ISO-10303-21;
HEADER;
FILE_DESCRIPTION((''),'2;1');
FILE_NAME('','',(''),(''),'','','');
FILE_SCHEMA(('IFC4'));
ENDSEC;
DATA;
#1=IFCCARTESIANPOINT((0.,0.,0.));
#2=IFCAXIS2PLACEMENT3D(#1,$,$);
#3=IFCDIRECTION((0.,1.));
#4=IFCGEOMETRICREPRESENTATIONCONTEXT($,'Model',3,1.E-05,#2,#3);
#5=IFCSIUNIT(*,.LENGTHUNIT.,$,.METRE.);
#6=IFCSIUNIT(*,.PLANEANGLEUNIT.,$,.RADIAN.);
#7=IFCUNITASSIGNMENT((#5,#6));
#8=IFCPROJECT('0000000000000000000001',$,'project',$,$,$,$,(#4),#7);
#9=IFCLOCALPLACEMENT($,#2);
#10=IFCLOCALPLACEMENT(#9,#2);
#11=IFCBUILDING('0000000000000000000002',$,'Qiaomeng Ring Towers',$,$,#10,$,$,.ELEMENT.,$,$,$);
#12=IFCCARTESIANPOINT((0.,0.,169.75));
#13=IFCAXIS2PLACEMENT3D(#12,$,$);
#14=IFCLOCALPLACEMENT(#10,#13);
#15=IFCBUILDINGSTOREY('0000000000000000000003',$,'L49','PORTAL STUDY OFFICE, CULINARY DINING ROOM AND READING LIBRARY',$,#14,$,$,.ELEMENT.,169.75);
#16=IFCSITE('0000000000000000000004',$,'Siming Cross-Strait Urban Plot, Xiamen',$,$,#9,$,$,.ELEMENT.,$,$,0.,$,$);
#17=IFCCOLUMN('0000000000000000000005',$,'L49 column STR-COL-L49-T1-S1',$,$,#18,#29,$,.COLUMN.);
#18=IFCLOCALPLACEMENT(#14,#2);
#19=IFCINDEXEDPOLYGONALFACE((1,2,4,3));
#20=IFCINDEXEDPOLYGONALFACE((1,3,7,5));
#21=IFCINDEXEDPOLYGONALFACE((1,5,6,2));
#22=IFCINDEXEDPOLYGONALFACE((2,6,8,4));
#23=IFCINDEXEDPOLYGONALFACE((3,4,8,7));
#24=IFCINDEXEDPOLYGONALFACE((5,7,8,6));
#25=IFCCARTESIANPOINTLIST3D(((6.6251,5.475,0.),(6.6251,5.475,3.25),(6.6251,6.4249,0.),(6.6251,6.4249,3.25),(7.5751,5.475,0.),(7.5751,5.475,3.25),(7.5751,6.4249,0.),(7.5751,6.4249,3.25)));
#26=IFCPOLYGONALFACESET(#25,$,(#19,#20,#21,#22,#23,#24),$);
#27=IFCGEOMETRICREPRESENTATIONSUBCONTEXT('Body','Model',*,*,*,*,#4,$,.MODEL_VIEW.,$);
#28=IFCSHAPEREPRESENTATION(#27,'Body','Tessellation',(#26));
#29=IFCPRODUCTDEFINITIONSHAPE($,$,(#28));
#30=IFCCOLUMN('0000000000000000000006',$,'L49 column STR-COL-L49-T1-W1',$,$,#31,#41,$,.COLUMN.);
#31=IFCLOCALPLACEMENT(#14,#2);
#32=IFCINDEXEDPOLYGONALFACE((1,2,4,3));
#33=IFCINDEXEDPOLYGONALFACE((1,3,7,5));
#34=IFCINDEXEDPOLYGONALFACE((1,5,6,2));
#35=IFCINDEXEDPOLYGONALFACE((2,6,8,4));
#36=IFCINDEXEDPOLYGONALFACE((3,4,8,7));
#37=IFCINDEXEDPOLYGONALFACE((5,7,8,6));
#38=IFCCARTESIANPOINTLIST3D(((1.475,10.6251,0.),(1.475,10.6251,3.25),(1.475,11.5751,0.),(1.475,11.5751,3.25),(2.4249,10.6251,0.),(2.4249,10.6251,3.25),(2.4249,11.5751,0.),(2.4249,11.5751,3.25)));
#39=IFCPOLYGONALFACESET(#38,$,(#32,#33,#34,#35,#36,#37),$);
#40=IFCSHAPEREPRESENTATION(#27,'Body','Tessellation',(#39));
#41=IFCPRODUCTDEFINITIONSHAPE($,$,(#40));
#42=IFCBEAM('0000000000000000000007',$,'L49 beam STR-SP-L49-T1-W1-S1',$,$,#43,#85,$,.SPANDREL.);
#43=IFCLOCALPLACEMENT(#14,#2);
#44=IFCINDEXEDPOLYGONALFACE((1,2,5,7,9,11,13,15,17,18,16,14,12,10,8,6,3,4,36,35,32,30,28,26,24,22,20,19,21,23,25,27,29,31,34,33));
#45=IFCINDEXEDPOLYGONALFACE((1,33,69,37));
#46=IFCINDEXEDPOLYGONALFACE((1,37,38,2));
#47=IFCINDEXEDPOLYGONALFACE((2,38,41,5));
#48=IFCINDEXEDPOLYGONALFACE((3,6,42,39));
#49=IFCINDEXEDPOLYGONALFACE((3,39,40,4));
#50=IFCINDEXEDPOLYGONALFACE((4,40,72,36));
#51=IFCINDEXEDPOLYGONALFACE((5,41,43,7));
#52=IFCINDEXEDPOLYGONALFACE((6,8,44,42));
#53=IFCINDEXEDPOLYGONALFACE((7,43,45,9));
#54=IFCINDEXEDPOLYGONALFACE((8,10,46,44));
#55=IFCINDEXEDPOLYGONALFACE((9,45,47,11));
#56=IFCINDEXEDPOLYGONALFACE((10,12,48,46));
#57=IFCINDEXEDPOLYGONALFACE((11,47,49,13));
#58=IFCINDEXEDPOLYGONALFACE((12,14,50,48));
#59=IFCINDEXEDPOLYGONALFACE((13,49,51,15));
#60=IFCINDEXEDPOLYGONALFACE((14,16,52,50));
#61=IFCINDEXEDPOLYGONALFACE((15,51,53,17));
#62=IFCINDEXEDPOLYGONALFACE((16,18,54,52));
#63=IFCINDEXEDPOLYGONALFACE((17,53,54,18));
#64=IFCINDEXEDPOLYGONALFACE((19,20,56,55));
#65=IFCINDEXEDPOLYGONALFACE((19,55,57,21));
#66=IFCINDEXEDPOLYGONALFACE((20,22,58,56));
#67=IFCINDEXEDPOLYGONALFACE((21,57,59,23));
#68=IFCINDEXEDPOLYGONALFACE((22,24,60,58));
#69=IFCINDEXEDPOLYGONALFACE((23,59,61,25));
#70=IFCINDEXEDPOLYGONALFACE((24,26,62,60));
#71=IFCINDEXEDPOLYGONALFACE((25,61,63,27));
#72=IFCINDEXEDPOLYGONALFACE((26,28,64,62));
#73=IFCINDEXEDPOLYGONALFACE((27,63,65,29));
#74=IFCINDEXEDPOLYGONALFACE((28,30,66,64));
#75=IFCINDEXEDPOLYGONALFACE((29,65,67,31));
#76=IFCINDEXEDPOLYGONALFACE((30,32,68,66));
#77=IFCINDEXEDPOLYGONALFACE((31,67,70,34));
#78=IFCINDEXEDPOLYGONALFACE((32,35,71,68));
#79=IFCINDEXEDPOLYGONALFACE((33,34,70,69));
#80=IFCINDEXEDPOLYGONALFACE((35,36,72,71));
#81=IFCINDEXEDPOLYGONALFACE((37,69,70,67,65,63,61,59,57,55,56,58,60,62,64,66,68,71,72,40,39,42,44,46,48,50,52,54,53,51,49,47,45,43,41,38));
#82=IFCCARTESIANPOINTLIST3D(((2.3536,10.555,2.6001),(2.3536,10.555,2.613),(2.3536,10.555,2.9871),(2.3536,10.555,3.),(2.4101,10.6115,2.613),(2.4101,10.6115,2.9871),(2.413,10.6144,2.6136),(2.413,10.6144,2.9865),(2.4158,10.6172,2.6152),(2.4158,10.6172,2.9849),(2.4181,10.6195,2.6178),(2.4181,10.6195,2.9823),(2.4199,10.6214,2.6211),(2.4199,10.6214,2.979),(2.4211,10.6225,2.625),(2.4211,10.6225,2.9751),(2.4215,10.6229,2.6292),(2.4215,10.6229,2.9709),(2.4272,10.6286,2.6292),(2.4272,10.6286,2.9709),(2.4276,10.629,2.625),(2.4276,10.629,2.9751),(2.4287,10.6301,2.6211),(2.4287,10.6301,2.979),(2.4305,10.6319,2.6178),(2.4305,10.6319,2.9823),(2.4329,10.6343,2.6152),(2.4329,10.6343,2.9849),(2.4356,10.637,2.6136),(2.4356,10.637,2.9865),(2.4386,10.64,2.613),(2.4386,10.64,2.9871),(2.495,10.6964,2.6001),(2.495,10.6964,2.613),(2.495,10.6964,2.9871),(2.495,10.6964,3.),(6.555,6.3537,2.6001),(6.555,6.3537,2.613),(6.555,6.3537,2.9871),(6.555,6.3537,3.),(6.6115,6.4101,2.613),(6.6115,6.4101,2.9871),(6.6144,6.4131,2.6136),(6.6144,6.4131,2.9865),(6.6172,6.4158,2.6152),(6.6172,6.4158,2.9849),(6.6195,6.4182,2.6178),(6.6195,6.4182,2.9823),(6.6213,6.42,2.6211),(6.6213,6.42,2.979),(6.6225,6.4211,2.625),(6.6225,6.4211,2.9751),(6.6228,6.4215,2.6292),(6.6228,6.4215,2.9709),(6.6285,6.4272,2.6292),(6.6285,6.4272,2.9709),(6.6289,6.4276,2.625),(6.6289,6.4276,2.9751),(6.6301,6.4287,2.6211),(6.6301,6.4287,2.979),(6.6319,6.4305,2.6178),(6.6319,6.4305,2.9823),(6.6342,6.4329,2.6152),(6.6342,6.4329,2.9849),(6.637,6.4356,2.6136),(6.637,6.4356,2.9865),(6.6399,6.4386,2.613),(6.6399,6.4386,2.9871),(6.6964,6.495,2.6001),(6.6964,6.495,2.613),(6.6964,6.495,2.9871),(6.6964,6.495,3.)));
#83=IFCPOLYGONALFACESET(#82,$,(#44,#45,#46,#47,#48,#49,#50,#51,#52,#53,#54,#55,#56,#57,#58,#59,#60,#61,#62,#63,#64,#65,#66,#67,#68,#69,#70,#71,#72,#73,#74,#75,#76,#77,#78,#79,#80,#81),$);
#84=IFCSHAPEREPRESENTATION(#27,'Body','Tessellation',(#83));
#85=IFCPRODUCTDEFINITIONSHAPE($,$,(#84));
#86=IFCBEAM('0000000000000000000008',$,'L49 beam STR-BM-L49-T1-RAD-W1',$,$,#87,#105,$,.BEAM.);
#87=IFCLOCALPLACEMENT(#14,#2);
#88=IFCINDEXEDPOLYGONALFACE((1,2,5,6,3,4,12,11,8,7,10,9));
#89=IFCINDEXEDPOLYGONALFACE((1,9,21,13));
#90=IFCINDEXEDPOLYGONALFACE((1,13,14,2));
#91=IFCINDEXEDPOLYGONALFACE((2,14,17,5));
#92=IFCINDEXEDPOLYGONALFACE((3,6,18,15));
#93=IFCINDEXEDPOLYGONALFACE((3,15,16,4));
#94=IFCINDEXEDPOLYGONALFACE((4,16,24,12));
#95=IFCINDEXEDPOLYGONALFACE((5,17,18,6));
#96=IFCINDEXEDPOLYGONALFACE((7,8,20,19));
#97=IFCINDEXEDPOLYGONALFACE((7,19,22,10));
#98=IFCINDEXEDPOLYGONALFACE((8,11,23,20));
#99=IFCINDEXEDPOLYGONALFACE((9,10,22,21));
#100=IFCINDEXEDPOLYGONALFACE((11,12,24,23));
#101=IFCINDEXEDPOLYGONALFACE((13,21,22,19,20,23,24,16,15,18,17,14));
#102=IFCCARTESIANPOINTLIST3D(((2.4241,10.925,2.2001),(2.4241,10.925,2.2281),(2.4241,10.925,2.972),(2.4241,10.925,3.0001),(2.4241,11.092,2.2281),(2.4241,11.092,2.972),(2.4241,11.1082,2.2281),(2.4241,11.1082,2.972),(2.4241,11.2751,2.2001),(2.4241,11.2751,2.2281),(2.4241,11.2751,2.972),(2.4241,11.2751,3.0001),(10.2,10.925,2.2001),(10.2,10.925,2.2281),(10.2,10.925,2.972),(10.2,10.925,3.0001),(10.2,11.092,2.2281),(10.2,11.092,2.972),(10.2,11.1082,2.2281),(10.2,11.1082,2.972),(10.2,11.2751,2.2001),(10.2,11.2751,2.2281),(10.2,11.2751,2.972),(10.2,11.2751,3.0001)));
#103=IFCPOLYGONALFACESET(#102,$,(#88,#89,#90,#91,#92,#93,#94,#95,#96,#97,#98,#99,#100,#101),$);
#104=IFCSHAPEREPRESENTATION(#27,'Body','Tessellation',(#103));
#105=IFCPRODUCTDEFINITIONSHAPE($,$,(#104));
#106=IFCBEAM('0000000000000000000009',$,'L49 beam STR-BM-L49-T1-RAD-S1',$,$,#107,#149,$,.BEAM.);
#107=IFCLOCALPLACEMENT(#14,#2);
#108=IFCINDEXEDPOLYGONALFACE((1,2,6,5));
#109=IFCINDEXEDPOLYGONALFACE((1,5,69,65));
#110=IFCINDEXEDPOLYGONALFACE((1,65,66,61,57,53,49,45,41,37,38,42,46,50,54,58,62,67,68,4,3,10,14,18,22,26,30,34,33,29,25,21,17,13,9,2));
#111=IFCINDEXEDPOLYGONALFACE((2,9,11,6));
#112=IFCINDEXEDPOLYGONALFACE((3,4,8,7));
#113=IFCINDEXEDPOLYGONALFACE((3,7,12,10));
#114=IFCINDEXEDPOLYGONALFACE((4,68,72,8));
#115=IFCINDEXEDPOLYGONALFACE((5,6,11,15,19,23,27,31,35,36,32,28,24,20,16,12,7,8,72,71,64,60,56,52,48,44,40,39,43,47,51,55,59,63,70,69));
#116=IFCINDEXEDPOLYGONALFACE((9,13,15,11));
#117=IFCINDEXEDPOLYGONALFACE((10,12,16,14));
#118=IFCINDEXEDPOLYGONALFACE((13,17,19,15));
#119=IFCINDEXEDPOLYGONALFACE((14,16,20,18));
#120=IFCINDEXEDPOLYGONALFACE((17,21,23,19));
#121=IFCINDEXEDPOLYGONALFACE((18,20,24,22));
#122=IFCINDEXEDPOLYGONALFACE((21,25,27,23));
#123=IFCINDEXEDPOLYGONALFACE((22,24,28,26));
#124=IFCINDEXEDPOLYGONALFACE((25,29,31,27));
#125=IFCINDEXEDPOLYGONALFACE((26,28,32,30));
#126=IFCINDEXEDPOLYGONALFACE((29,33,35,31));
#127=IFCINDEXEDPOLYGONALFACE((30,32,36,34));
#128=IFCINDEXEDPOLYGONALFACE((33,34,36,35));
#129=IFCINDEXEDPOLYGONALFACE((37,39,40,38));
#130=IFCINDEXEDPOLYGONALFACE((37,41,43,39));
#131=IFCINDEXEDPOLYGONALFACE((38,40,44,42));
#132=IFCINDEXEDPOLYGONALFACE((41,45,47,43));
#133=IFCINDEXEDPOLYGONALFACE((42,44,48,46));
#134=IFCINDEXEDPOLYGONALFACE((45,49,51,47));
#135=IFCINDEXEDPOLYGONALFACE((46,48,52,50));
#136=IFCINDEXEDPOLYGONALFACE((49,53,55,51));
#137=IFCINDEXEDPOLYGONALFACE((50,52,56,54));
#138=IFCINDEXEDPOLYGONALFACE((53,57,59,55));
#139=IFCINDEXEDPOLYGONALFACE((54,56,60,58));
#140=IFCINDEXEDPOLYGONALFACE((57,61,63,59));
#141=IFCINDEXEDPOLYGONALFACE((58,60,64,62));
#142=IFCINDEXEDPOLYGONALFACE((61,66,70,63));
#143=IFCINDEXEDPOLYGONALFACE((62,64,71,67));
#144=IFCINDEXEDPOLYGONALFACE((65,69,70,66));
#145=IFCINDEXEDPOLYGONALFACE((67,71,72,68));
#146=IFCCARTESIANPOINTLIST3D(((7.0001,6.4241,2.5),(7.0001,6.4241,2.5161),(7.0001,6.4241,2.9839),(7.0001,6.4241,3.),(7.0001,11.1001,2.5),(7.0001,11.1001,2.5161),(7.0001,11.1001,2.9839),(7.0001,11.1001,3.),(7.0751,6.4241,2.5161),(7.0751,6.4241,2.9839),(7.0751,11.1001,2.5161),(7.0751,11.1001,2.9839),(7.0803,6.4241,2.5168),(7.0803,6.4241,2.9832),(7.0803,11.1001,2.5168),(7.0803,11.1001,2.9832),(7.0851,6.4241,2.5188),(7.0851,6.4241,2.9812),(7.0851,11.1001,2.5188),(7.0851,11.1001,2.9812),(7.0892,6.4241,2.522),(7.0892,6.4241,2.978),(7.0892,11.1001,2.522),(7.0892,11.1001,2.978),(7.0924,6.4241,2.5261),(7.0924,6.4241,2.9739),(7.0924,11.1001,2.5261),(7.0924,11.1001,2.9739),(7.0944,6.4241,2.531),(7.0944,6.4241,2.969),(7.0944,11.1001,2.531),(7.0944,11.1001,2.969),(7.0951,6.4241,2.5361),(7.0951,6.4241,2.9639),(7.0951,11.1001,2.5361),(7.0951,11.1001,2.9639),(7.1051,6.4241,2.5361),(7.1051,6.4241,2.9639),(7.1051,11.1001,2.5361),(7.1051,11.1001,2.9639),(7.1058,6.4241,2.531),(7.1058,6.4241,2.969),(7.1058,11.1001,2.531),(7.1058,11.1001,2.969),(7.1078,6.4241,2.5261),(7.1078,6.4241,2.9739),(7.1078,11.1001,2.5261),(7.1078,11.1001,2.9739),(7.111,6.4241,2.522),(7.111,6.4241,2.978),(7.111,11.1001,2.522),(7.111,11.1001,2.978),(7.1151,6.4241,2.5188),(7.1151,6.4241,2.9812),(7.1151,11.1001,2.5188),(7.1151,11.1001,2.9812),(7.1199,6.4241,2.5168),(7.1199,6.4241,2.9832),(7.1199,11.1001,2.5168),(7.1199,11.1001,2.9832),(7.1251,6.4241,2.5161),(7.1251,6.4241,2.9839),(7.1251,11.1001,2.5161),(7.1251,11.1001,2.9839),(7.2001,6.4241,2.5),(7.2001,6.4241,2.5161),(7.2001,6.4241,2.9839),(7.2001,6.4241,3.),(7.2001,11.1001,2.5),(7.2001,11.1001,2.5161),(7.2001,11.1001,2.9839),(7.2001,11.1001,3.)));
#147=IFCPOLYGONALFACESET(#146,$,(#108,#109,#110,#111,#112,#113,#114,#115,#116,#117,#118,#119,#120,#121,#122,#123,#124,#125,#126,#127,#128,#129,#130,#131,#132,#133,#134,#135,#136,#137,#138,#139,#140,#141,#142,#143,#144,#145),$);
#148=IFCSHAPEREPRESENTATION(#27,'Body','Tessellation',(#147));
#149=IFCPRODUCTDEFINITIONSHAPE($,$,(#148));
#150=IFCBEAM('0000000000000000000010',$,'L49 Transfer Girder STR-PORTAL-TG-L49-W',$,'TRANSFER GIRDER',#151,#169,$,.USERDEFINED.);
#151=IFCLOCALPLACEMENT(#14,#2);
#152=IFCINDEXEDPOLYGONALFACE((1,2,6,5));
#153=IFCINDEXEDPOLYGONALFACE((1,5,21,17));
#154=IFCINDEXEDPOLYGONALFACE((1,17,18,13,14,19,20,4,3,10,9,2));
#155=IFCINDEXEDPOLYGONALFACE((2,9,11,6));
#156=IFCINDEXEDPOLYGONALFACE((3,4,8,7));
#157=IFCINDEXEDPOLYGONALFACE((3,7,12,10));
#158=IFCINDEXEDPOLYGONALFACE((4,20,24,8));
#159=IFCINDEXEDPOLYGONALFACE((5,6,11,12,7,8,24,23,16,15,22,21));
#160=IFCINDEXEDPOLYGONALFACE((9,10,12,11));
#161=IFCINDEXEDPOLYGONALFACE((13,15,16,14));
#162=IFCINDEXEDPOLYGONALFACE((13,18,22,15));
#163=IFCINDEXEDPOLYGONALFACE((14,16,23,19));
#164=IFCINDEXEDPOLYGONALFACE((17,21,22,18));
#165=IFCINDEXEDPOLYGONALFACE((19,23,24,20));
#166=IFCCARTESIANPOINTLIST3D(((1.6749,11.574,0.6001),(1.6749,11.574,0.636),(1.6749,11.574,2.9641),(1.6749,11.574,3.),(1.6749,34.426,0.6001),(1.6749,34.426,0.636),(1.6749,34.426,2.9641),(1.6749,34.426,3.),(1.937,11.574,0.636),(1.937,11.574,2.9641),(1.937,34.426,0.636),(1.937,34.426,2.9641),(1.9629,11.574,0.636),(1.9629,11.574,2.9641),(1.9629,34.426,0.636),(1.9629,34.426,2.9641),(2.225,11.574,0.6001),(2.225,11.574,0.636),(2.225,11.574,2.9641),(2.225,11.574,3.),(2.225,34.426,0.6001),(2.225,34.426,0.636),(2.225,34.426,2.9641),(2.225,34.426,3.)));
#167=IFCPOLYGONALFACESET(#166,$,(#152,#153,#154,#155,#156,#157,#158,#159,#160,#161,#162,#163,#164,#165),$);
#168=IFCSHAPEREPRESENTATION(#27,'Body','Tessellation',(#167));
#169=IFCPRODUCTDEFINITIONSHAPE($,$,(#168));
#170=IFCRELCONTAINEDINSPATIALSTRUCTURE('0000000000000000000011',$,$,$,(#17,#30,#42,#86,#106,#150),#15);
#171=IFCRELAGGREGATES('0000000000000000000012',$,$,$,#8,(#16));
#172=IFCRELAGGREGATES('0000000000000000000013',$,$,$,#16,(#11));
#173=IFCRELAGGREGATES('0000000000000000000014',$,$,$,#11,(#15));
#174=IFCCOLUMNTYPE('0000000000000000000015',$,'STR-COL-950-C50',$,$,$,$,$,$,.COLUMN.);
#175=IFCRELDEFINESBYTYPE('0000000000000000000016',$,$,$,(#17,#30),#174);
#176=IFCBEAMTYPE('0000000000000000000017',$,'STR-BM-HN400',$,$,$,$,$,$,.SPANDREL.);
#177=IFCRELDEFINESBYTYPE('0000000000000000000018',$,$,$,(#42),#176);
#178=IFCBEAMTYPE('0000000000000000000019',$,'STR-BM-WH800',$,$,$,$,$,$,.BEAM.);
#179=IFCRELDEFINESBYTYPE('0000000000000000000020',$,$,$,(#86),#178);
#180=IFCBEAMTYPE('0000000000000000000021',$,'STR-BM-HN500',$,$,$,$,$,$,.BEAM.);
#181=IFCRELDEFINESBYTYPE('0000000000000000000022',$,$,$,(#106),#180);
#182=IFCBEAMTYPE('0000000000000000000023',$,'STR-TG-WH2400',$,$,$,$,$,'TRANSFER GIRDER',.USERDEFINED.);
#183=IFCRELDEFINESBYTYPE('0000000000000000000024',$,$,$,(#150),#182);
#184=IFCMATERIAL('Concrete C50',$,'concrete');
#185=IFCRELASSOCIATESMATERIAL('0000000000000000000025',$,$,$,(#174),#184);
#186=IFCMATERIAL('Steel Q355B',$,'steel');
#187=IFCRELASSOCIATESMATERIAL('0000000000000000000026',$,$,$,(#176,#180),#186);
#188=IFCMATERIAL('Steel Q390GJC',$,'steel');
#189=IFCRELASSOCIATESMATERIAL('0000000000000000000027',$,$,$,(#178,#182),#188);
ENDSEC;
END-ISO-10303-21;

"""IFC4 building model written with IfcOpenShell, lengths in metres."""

from ifc_helpers import new_model, si_unit, direction, frame, origin, origin_2d, place, context, subcontext, project, spatial, rectangle, i_section, extrude, source, transform, mapped, material, material_profile, profile_set, type_object, element, save


model = new_model("IFC4")

# Units and contexts
model_context = context("Model", 3, precision=1e-05, world=origin(), true_north=direction((0.0, 1.0)))
body_context = subcontext(model_context, "Body", "Model", "MODEL_VIEW")
ifc_project = project(units=[si_unit("LENGTHUNIT", "METRE"), si_unit("PLANEANGLEUNIT", "RADIAN")], contexts=[model_context])

# Site, building, storey
site_placement = place(None, origin())
site = spatial("IfcSite", under=ifc_project, at=site_placement, Name="Siming Cross-Strait Urban Plot, Xiamen", CompositionType="ELEMENT", RefElevation=0.0)
building_placement = place(site_placement, origin())
building = spatial("IfcBuilding", under=site, at=building_placement, Name="Qiaomeng Ring Towers", CompositionType="ELEMENT")
storey_placement = place(building_placement, frame((0.0, 0.0, 169.75)))
storey = spatial("IfcBuildingStorey", under=building, at=storey_placement, Name="L49", Description="PORTAL STUDY OFFICE, CULINARY DINING ROOM AND READING LIBRARY", CompositionType="ELEMENT", Elevation=169.75)

# Columns
ifc_material_1 = material(Name="Concrete C50", Category="concrete")
ifc_material_profile_1 = material_profile(ifc_material_1, rectangle(XDim=0.95, YDim=0.95, at=origin_2d()), Name="RC COL 950x950")
ifc_profile_set_1 = profile_set([ifc_material_profile_1], Name="Concrete C50")
column_type = type_object("IfcColumnType", Name="STR-COL-950-C50", PredefinedType="COLUMN", material=ifc_profile_set_1)
shared_shape_1 = source(origin(), body_context, "Body", "SweptSolid", [
    extrude(rectangle(XDim=0.95, YDim=0.95, at=origin_2d()), origin(), (0.0, 0.0, 1.0), 3.25),
])
for number, where, z_axis, x_axis, name in (
    (1, (7.1001, 5.95, 0.0), (0.0, 0.0, 1.0), (1.0, 0.0, 0.0), "L49 column STR-COL-L49-T1-S1"),
    (2, (1.95, 11.1001, 0.0), (0.0, 0.0, 1.0), (1.0, 0.0, 0.0), "L49 column STR-COL-L49-T1-W1"),
):
    element("IfcColumn", number, at=place(storey_placement, frame(where, z_axis=z_axis, x_axis=x_axis)), inside=storey, type_object=column_type, Name=name, PredefinedType="COLUMN", context=body_context, shape_type="MappedRepresentation", body=[
        mapped(shared_shape_1, transform((0.0, 0.0, 0.0), x_axis=(1.0, 0.0, 0.0), y_axis=(0.0, 1.0, 0.0), z_axis=(0.0, 0.0, 1.0), scale=1.0)),
    ])

# Beams
ifc_material_2 = material(Name="Steel Q355B", Category="steel")
ifc_material_profile_2 = material_profile(ifc_material_2, i_section(OverallWidth=0.2, OverallDepth=0.3999, WebThickness=0.0081, FlangeThickness=0.0129, FilletRadius=0.0161, at=origin_2d()), Name="HN 400x200x8x13")
ifc_profile_set_2 = profile_set([ifc_material_profile_2], Name="Steel Q355B")
beam_type_1 = type_object("IfcBeamType", Name="STR-BM-HN400", PredefinedType="SPANDREL", material=ifc_profile_set_2)
shared_shape_2 = source(origin(), body_context, "Body", "SweptSolid", [
    extrude(i_section(OverallWidth=0.2, OverallDepth=0.3999, WebThickness=0.0081, FlangeThickness=0.0129, FilletRadius=0.0161, at=origin_2d()), origin(), (0.0, 0.0, 1.0), 5.9417),
])
beam_1_placement = place(storey_placement, frame((2.4243, 10.6257, 2.8), z_axis=(0.707107, -0.707107, 0.0), x_axis=(0.707107, 0.707107, 0.0)))
element("IfcBeam", 3, at=beam_1_placement, inside=storey, type_object=beam_type_1, Name="L49 beam STR-SP-L49-T1-W1-S1", PredefinedType="SPANDREL", context=body_context, shape_type="MappedRepresentation", body=[
    mapped(shared_shape_2, transform((0.0, 0.0, 0.0), x_axis=(1.0, 0.0, 0.0), y_axis=(0.0, 1.0, 0.0), z_axis=(0.0, 0.0, 1.0), scale=1.0)),
])
ifc_material_3 = material(Name="Steel Q390GJC", Category="steel")
ifc_material_profile_3 = material_profile(ifc_material_3, i_section(OverallWidth=0.3501, OverallDepth=0.8, WebThickness=0.0161, FlangeThickness=0.0281, at=origin_2d()), Name="WH 800x350x16x28")
ifc_profile_set_3 = profile_set([ifc_material_profile_3], Name="Steel Q390GJC")
beam_type_2 = type_object("IfcBeamType", Name="STR-BM-WH800", PredefinedType="BEAM", material=ifc_profile_set_3)
shared_shape_3 = source(origin(), body_context, "Body", "SweptSolid", [
    extrude(i_section(OverallWidth=0.3501, OverallDepth=0.8, WebThickness=0.0161, FlangeThickness=0.0281, at=origin_2d()), origin(), (0.0, 0.0, 1.0), 7.7759),
])
beam_2_placement = place(storey_placement, frame((2.4241, 11.1001, 2.6001), z_axis=(1.0, 0.0, 0.0), x_axis=(0.0, 1.0, 0.0)))
element("IfcBeam", 4, at=beam_2_placement, inside=storey, type_object=beam_type_2, Name="L49 beam STR-BM-L49-T1-RAD-W1", PredefinedType="BEAM", context=body_context, shape_type="MappedRepresentation", body=[
    mapped(shared_shape_3, transform((0.0, 0.0, 0.0), x_axis=(1.0, 0.0, 0.0), y_axis=(0.0, 1.0, 0.0), z_axis=(0.0, 0.0, 1.0), scale=1.0)),
])
ifc_material_profile_4 = material_profile(ifc_material_2, i_section(OverallWidth=0.2, OverallDepth=0.5, WebThickness=0.01, FlangeThickness=0.0161, FilletRadius=0.02, at=origin_2d()), Name="HN 500x200x10x16")
ifc_profile_set_4 = profile_set([ifc_material_profile_4], Name="Steel Q355B")
beam_type_3 = type_object("IfcBeamType", Name="STR-BM-HN500", PredefinedType="BEAM", material=ifc_profile_set_4)
shared_shape_4 = source(origin(), body_context, "Body", "SweptSolid", [
    extrude(i_section(OverallWidth=0.2, OverallDepth=0.5, WebThickness=0.01, FlangeThickness=0.0161, FilletRadius=0.02, at=origin_2d()), origin(), (0.0, 0.0, 1.0), 4.676),
])
beam_3_placement = place(storey_placement, frame((7.1001, 6.4241, 2.75), z_axis=(0.0, 1.0, 0.0), x_axis=(-1.0, 0.0, 0.0)))
element("IfcBeam", 5, at=beam_3_placement, inside=storey, type_object=beam_type_3, Name="L49 beam STR-BM-L49-T1-RAD-S1", PredefinedType="BEAM", context=body_context, shape_type="MappedRepresentation", body=[
    mapped(shared_shape_4, transform((0.0, 0.0, 0.0), x_axis=(1.0, 0.0, 0.0), y_axis=(0.0, 1.0, 0.0), z_axis=(0.0, 0.0, 1.0), scale=1.0)),
])
ifc_material_profile_5 = material_profile(ifc_material_3, i_section(OverallWidth=0.55, OverallDepth=2.3999, WebThickness=0.0259, FlangeThickness=0.0359, at=origin_2d()), Name="WH 2400x550x26x36")
ifc_profile_set_5 = profile_set([ifc_material_profile_5], Name="Steel Q390GJC")
beam_type_4 = type_object("IfcBeamType", Name="STR-TG-WH2400", ElementType="TRANSFER GIRDER", PredefinedType="USERDEFINED", material=ifc_profile_set_5)
shared_shape_5 = source(origin(), body_context, "Body", "SweptSolid", [
    extrude(i_section(OverallWidth=0.55, OverallDepth=2.3999, WebThickness=0.0259, FlangeThickness=0.0359, at=origin_2d()), origin(), (0.0, 0.0, 1.0), 22.8521),
])
beam_4_placement = place(storey_placement, frame((1.95, 11.574, 1.8), z_axis=(0.0, 1.0, 0.0), x_axis=(-1.0, 0.0, 0.0)))
element("IfcBeam", 6, at=beam_4_placement, inside=storey, type_object=beam_type_4, Name="L49 Transfer Girder STR-PORTAL-TG-L49-W", ObjectType="TRANSFER GIRDER", PredefinedType="USERDEFINED", context=body_context, shape_type="MappedRepresentation", body=[
    mapped(shared_shape_5, transform((0.0, 0.0, 0.0), x_axis=(1.0, 0.0, 0.0), y_axis=(0.0, 1.0, 0.0), z_axis=(0.0, 0.0, 1.0), scale=1.0)),
])

save(model, "model.ifc")
